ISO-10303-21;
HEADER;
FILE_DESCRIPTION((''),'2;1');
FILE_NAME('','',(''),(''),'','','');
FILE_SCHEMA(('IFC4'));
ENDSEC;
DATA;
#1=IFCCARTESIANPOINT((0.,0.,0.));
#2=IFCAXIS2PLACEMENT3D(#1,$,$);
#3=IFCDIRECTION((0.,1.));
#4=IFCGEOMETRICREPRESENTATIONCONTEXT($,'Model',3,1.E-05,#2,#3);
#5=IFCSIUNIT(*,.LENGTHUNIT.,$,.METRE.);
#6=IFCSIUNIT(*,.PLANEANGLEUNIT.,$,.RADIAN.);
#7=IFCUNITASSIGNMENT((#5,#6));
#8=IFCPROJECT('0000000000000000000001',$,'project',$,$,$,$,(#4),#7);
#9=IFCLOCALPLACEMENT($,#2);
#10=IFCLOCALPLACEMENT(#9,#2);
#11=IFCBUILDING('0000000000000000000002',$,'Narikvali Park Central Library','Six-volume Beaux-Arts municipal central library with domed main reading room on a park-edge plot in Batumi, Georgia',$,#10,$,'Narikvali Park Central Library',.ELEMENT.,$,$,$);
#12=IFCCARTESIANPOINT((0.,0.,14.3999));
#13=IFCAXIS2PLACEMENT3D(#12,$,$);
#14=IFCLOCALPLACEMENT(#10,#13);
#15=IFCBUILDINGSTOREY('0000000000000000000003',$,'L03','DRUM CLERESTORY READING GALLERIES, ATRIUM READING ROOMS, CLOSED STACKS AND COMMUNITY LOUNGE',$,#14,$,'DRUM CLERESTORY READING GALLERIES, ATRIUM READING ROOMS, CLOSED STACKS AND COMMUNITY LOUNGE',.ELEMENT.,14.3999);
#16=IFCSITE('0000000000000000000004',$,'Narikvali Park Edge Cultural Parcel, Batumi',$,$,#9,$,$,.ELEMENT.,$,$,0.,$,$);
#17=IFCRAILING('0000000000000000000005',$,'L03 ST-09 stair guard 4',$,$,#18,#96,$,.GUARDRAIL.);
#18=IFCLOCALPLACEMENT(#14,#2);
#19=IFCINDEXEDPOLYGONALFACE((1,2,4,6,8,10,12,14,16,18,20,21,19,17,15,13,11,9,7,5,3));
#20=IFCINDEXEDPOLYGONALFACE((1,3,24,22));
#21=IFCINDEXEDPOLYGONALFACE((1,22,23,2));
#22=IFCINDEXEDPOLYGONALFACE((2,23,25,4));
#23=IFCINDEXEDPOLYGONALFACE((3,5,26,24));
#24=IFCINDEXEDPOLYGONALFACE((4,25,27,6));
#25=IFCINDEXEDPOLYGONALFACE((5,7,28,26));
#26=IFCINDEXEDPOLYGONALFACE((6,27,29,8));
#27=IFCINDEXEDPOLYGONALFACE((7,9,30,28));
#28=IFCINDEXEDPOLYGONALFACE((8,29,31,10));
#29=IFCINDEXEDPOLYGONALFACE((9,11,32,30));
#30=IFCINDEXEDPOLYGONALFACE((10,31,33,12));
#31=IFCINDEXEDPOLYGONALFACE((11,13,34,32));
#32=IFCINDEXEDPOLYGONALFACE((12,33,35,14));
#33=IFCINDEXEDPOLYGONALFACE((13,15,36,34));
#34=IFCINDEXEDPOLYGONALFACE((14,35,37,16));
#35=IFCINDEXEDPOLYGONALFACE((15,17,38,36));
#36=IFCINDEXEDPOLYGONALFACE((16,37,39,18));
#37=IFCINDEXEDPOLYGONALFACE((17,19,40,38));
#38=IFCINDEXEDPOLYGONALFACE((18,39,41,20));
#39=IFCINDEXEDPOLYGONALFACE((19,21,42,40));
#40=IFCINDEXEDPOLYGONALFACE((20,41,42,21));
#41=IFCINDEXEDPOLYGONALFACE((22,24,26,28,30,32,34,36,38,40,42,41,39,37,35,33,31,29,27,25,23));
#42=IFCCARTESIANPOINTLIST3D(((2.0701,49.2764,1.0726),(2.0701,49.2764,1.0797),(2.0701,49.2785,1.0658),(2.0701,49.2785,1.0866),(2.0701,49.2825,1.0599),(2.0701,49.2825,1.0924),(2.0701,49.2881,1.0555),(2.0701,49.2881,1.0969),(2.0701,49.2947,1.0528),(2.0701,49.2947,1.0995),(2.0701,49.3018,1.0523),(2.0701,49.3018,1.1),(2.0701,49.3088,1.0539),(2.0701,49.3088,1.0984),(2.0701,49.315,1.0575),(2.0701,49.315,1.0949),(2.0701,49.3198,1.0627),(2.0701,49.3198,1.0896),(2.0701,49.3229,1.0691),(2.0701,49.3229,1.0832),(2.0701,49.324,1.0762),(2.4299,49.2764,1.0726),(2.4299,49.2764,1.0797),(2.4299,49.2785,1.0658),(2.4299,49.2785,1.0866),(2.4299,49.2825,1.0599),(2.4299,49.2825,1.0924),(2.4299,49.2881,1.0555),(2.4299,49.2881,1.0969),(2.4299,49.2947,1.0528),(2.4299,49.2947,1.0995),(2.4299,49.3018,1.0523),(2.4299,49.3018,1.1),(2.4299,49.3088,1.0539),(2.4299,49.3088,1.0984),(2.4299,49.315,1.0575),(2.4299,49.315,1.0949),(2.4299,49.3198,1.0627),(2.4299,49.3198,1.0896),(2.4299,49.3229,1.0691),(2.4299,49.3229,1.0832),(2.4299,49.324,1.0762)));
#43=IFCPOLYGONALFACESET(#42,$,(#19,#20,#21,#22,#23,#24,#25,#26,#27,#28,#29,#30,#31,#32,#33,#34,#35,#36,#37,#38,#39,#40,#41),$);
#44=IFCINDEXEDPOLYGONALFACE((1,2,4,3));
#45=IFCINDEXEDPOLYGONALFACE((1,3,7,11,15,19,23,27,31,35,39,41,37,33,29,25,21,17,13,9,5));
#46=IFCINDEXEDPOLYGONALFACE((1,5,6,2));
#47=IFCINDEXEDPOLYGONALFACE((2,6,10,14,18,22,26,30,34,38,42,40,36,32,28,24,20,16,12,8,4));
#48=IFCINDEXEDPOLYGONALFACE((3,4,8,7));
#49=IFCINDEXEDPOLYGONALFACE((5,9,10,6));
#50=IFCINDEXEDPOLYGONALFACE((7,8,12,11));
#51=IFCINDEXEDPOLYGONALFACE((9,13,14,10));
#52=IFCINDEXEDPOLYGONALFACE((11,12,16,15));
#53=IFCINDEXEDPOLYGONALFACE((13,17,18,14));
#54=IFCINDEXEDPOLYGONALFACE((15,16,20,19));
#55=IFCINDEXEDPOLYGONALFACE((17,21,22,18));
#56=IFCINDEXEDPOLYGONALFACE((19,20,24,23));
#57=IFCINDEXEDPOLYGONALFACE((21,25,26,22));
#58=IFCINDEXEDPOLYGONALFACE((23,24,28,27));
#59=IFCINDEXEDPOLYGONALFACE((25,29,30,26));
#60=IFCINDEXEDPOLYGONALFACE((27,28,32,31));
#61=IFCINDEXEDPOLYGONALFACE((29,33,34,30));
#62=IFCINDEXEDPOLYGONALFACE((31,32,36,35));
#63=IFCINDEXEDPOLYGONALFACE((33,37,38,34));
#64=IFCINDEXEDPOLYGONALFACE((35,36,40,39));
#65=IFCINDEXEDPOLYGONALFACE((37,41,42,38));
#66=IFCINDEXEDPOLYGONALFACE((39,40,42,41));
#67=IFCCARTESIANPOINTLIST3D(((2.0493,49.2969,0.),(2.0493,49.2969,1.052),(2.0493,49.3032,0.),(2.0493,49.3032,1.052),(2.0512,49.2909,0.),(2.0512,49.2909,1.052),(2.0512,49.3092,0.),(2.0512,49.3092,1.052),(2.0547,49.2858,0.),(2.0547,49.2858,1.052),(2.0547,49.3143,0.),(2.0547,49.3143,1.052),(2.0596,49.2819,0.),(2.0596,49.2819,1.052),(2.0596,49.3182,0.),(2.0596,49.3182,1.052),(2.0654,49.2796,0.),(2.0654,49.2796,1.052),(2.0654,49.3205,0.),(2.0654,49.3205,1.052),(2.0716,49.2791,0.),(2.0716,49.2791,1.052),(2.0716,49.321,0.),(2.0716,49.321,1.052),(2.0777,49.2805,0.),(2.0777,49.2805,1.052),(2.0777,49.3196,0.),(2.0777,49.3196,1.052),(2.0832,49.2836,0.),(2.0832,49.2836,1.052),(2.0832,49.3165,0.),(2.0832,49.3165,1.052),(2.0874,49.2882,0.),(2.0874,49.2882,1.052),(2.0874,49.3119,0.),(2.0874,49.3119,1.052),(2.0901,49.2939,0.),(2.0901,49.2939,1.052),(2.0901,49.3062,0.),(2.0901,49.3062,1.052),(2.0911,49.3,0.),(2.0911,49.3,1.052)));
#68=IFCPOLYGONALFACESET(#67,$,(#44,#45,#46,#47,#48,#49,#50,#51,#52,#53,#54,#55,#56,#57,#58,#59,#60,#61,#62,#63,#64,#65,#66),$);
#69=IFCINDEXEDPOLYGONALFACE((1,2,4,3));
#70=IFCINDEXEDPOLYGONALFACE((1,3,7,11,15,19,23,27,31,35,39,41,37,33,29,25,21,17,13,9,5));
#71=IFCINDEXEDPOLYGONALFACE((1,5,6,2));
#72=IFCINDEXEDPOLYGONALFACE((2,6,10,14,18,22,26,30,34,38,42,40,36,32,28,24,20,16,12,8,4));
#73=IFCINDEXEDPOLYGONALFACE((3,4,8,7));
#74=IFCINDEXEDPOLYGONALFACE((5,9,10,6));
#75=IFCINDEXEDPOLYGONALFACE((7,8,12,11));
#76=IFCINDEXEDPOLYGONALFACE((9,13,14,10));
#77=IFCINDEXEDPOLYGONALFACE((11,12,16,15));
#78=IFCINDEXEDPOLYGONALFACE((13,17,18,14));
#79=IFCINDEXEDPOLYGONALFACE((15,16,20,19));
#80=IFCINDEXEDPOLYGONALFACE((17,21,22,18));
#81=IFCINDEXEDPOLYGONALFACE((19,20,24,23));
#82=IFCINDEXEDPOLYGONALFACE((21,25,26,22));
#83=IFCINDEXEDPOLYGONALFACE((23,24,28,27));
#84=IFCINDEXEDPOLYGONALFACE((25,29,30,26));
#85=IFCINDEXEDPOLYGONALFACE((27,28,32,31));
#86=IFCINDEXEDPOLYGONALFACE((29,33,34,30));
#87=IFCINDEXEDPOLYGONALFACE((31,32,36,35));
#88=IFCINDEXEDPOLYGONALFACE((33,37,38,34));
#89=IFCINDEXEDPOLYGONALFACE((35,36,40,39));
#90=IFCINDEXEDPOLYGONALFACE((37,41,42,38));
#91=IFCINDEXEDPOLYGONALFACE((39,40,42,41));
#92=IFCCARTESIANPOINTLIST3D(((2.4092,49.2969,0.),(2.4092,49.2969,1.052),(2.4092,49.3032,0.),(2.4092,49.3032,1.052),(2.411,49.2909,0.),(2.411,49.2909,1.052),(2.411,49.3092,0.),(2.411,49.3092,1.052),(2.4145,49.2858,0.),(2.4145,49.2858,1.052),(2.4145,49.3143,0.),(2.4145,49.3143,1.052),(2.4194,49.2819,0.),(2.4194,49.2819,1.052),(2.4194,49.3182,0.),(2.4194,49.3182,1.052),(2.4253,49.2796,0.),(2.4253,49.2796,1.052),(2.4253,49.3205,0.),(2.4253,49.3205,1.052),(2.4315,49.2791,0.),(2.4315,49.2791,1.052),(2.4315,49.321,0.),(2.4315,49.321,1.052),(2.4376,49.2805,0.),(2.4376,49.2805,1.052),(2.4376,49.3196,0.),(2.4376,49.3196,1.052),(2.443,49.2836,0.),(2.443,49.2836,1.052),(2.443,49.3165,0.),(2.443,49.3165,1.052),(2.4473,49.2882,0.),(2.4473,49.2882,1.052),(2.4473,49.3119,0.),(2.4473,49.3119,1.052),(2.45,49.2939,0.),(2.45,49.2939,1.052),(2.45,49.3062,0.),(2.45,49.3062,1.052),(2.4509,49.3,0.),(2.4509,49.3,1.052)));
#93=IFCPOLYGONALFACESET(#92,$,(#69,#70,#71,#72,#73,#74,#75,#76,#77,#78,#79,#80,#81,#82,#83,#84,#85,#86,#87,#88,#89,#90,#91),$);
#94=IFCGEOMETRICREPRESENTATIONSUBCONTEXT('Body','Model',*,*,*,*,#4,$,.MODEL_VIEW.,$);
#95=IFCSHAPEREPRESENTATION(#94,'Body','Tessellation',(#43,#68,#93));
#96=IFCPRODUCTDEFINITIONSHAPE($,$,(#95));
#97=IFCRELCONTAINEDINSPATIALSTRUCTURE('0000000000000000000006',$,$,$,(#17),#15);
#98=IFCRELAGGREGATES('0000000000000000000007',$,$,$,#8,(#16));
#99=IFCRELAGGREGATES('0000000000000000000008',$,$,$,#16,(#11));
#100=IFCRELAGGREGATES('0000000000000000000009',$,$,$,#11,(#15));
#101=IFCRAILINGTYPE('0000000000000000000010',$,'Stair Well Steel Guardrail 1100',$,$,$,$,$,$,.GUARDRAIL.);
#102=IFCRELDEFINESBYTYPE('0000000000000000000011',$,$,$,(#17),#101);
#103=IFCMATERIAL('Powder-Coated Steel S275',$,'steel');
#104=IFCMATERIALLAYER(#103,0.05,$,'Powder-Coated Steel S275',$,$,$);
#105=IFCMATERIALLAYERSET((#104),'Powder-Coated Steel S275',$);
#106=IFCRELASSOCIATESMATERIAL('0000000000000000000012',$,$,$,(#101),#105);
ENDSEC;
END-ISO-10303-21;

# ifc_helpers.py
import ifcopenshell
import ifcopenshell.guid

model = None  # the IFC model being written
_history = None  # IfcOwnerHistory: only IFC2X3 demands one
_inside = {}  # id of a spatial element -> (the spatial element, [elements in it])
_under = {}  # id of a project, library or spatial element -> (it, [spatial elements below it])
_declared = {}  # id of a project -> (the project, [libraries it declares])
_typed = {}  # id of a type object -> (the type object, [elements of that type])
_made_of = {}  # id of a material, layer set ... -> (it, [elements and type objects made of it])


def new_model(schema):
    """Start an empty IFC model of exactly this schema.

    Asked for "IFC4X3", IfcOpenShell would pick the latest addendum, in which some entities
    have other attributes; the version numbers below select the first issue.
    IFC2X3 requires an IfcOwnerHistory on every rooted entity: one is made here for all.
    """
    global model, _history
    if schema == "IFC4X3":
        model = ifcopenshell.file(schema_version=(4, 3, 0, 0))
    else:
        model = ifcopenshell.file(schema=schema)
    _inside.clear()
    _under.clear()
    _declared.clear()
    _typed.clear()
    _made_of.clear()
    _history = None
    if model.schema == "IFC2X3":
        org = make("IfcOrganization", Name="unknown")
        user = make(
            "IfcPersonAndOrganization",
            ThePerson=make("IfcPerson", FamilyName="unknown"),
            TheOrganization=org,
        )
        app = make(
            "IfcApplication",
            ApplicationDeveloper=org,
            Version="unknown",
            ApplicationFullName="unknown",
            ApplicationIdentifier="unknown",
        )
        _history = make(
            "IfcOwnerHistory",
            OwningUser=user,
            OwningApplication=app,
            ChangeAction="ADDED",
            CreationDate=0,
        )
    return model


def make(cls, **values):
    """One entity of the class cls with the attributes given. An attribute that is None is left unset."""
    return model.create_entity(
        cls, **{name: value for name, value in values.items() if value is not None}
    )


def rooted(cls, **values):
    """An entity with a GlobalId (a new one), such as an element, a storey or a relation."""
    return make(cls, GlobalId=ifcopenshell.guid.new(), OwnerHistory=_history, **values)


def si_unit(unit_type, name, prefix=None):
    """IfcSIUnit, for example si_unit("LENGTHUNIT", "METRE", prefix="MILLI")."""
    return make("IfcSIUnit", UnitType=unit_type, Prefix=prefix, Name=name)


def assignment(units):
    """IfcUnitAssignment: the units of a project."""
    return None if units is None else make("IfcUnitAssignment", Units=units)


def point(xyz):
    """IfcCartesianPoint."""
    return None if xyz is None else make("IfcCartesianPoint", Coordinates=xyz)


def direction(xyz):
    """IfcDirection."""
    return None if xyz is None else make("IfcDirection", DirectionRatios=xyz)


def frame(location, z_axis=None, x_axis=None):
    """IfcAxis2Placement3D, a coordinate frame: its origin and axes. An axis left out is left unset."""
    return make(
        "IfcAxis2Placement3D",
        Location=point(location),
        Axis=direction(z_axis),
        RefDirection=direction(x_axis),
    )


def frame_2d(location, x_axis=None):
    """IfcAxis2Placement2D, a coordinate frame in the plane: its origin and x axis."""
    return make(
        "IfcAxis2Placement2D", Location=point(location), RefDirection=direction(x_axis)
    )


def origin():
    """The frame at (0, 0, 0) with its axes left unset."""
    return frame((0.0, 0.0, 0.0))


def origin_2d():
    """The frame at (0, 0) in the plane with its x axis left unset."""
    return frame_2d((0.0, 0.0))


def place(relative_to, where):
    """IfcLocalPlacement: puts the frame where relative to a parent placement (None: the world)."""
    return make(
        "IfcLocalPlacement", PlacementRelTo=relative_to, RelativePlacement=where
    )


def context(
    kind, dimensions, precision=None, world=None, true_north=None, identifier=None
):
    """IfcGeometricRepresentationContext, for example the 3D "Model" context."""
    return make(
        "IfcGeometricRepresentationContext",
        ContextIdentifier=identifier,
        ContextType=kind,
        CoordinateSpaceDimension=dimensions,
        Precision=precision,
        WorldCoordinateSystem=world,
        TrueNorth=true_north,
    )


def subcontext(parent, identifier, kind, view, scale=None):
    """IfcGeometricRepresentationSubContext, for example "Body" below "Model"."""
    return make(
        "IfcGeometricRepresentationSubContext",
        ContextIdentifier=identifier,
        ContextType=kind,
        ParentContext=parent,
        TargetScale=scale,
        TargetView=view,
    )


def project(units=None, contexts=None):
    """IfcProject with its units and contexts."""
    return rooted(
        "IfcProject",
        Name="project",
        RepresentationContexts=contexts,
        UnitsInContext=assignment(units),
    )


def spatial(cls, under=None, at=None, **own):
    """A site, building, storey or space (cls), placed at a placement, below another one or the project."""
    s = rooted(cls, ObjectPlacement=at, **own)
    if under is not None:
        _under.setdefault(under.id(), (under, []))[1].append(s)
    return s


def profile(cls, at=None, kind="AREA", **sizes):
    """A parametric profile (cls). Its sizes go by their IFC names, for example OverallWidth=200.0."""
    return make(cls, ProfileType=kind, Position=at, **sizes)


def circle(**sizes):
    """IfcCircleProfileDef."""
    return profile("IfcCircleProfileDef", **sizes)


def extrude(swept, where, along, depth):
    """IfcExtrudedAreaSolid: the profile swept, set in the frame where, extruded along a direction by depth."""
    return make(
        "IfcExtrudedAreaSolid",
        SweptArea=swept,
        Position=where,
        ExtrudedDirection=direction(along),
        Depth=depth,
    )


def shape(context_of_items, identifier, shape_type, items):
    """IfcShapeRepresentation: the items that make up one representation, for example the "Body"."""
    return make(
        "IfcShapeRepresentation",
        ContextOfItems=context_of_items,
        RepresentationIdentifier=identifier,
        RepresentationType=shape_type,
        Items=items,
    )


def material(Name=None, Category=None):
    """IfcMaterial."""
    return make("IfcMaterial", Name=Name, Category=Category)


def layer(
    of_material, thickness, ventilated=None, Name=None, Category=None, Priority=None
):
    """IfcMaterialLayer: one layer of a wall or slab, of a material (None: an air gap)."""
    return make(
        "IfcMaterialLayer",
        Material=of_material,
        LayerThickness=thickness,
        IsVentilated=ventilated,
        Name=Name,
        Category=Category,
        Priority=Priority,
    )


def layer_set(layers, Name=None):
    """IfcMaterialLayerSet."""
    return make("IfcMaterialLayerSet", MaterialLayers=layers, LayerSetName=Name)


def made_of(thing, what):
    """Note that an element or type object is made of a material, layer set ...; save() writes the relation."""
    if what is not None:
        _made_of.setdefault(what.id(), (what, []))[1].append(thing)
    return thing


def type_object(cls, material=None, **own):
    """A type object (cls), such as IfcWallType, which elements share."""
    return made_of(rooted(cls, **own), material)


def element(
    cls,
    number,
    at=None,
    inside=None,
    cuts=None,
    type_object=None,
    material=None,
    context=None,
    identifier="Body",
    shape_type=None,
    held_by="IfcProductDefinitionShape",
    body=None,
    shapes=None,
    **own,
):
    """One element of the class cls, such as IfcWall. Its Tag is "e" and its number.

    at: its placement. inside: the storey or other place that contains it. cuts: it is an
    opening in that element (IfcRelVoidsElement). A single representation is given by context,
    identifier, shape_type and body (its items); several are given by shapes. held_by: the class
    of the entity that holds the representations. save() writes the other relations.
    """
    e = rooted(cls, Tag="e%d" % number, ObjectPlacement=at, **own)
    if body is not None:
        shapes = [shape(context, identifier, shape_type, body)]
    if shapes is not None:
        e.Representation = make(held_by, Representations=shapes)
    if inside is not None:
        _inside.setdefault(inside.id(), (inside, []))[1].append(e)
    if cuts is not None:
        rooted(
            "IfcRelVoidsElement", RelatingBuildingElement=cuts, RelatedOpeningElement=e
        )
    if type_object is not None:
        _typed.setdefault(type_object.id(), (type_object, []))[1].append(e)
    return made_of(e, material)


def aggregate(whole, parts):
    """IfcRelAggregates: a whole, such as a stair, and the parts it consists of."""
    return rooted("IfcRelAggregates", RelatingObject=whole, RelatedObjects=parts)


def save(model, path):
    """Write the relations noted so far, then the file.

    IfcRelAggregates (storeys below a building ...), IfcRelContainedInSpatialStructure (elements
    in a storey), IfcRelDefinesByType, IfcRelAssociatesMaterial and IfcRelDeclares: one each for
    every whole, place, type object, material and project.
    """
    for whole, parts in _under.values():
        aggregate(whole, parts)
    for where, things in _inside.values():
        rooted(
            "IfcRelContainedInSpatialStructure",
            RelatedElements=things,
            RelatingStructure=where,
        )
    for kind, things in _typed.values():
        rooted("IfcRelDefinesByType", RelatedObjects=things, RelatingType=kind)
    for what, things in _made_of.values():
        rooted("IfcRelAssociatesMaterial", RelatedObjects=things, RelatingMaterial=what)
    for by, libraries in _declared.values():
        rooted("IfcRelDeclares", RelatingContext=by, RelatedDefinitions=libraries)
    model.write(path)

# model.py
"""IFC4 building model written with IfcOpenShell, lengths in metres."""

from ifc_helpers import new_model, si_unit, direction, frame, origin, origin_2d, place, context, subcontext, project, spatial, circle, extrude, material, layer, layer_set, type_object, element, save


model = new_model("IFC4")

# Units and contexts
model_context = context("Model", 3, precision=1e-05, world=origin(), true_north=direction((0.0, 1.0)))
body_context = subcontext(model_context, "Body", "Model", "MODEL_VIEW")
ifc_project = project(units=[si_unit("LENGTHUNIT", "METRE"), si_unit("PLANEANGLEUNIT", "RADIAN")], contexts=[model_context])

# Site, building, storey
site_placement = place(None, origin())
site = spatial("IfcSite", under=ifc_project, at=site_placement, Name="Narikvali Park Edge Cultural Parcel, Batumi", CompositionType="ELEMENT", RefElevation=0.0)
building_placement = place(site_placement, origin())
building = spatial("IfcBuilding", under=site, at=building_placement, Name="Narikvali Park Central Library", Description="Six-volume Beaux-Arts municipal central library with domed main reading room on a park-edge plot in Batumi, Georgia", LongName="Narikvali Park Central Library", CompositionType="ELEMENT")
storey_placement = place(building_placement, frame((0.0, 0.0, 14.3999)))
storey = spatial("IfcBuildingStorey", under=building, at=storey_placement, Name="L03", Description="DRUM CLERESTORY READING GALLERIES, ATRIUM READING ROOMS, CLOSED STACKS AND COMMUNITY LOUNGE", LongName="DRUM CLERESTORY READING GALLERIES, ATRIUM READING ROOMS, CLOSED STACKS AND COMMUNITY LOUNGE", CompositionType="ELEMENT", Elevation=14.3999)

# Railing
ifc_material_1 = material(Name="Powder-Coated Steel S275", Category="steel")
ifc_layer_1 = layer(ifc_material_1, 0.05, Name="Powder-Coated Steel S275")
ifc_layer_set_1 = layer_set([ifc_layer_1], Name="Powder-Coated Steel S275")
railing_type_1 = type_object("IfcRailingType", Name="Stair Well Steel Guardrail 1100", PredefinedType="GUARDRAIL", material=ifc_layer_set_1)
railing_1_placement = place(storey_placement, frame((2.0701, 49.3, 0.0)))
element("IfcRailing", 1, at=railing_1_placement, inside=storey, type_object=railing_type_1, Name="L03 ST-09 stair guard 4", PredefinedType="GUARDRAIL", context=body_context, shape_type="SweptSolid", body=[
    extrude(circle(Radius=0.0239, at=origin_2d()), frame((0.0, 0.0, 1.0762), z_axis=(1.0, 0.0, 0.0), x_axis=(0.0, 1.0, 0.0)), (0.0, 0.0, 1.0), 0.3599),
    extrude(circle(Radius=0.021, at=origin_2d()), origin(), (0.0, 0.0, 1.0), 1.052),
    extrude(circle(Radius=0.021, at=origin_2d()), frame((0.3599, 0.0, 0.0)), (0.0, 0.0, 1.0), 1.052),
])

save(model, "model.ifc")
